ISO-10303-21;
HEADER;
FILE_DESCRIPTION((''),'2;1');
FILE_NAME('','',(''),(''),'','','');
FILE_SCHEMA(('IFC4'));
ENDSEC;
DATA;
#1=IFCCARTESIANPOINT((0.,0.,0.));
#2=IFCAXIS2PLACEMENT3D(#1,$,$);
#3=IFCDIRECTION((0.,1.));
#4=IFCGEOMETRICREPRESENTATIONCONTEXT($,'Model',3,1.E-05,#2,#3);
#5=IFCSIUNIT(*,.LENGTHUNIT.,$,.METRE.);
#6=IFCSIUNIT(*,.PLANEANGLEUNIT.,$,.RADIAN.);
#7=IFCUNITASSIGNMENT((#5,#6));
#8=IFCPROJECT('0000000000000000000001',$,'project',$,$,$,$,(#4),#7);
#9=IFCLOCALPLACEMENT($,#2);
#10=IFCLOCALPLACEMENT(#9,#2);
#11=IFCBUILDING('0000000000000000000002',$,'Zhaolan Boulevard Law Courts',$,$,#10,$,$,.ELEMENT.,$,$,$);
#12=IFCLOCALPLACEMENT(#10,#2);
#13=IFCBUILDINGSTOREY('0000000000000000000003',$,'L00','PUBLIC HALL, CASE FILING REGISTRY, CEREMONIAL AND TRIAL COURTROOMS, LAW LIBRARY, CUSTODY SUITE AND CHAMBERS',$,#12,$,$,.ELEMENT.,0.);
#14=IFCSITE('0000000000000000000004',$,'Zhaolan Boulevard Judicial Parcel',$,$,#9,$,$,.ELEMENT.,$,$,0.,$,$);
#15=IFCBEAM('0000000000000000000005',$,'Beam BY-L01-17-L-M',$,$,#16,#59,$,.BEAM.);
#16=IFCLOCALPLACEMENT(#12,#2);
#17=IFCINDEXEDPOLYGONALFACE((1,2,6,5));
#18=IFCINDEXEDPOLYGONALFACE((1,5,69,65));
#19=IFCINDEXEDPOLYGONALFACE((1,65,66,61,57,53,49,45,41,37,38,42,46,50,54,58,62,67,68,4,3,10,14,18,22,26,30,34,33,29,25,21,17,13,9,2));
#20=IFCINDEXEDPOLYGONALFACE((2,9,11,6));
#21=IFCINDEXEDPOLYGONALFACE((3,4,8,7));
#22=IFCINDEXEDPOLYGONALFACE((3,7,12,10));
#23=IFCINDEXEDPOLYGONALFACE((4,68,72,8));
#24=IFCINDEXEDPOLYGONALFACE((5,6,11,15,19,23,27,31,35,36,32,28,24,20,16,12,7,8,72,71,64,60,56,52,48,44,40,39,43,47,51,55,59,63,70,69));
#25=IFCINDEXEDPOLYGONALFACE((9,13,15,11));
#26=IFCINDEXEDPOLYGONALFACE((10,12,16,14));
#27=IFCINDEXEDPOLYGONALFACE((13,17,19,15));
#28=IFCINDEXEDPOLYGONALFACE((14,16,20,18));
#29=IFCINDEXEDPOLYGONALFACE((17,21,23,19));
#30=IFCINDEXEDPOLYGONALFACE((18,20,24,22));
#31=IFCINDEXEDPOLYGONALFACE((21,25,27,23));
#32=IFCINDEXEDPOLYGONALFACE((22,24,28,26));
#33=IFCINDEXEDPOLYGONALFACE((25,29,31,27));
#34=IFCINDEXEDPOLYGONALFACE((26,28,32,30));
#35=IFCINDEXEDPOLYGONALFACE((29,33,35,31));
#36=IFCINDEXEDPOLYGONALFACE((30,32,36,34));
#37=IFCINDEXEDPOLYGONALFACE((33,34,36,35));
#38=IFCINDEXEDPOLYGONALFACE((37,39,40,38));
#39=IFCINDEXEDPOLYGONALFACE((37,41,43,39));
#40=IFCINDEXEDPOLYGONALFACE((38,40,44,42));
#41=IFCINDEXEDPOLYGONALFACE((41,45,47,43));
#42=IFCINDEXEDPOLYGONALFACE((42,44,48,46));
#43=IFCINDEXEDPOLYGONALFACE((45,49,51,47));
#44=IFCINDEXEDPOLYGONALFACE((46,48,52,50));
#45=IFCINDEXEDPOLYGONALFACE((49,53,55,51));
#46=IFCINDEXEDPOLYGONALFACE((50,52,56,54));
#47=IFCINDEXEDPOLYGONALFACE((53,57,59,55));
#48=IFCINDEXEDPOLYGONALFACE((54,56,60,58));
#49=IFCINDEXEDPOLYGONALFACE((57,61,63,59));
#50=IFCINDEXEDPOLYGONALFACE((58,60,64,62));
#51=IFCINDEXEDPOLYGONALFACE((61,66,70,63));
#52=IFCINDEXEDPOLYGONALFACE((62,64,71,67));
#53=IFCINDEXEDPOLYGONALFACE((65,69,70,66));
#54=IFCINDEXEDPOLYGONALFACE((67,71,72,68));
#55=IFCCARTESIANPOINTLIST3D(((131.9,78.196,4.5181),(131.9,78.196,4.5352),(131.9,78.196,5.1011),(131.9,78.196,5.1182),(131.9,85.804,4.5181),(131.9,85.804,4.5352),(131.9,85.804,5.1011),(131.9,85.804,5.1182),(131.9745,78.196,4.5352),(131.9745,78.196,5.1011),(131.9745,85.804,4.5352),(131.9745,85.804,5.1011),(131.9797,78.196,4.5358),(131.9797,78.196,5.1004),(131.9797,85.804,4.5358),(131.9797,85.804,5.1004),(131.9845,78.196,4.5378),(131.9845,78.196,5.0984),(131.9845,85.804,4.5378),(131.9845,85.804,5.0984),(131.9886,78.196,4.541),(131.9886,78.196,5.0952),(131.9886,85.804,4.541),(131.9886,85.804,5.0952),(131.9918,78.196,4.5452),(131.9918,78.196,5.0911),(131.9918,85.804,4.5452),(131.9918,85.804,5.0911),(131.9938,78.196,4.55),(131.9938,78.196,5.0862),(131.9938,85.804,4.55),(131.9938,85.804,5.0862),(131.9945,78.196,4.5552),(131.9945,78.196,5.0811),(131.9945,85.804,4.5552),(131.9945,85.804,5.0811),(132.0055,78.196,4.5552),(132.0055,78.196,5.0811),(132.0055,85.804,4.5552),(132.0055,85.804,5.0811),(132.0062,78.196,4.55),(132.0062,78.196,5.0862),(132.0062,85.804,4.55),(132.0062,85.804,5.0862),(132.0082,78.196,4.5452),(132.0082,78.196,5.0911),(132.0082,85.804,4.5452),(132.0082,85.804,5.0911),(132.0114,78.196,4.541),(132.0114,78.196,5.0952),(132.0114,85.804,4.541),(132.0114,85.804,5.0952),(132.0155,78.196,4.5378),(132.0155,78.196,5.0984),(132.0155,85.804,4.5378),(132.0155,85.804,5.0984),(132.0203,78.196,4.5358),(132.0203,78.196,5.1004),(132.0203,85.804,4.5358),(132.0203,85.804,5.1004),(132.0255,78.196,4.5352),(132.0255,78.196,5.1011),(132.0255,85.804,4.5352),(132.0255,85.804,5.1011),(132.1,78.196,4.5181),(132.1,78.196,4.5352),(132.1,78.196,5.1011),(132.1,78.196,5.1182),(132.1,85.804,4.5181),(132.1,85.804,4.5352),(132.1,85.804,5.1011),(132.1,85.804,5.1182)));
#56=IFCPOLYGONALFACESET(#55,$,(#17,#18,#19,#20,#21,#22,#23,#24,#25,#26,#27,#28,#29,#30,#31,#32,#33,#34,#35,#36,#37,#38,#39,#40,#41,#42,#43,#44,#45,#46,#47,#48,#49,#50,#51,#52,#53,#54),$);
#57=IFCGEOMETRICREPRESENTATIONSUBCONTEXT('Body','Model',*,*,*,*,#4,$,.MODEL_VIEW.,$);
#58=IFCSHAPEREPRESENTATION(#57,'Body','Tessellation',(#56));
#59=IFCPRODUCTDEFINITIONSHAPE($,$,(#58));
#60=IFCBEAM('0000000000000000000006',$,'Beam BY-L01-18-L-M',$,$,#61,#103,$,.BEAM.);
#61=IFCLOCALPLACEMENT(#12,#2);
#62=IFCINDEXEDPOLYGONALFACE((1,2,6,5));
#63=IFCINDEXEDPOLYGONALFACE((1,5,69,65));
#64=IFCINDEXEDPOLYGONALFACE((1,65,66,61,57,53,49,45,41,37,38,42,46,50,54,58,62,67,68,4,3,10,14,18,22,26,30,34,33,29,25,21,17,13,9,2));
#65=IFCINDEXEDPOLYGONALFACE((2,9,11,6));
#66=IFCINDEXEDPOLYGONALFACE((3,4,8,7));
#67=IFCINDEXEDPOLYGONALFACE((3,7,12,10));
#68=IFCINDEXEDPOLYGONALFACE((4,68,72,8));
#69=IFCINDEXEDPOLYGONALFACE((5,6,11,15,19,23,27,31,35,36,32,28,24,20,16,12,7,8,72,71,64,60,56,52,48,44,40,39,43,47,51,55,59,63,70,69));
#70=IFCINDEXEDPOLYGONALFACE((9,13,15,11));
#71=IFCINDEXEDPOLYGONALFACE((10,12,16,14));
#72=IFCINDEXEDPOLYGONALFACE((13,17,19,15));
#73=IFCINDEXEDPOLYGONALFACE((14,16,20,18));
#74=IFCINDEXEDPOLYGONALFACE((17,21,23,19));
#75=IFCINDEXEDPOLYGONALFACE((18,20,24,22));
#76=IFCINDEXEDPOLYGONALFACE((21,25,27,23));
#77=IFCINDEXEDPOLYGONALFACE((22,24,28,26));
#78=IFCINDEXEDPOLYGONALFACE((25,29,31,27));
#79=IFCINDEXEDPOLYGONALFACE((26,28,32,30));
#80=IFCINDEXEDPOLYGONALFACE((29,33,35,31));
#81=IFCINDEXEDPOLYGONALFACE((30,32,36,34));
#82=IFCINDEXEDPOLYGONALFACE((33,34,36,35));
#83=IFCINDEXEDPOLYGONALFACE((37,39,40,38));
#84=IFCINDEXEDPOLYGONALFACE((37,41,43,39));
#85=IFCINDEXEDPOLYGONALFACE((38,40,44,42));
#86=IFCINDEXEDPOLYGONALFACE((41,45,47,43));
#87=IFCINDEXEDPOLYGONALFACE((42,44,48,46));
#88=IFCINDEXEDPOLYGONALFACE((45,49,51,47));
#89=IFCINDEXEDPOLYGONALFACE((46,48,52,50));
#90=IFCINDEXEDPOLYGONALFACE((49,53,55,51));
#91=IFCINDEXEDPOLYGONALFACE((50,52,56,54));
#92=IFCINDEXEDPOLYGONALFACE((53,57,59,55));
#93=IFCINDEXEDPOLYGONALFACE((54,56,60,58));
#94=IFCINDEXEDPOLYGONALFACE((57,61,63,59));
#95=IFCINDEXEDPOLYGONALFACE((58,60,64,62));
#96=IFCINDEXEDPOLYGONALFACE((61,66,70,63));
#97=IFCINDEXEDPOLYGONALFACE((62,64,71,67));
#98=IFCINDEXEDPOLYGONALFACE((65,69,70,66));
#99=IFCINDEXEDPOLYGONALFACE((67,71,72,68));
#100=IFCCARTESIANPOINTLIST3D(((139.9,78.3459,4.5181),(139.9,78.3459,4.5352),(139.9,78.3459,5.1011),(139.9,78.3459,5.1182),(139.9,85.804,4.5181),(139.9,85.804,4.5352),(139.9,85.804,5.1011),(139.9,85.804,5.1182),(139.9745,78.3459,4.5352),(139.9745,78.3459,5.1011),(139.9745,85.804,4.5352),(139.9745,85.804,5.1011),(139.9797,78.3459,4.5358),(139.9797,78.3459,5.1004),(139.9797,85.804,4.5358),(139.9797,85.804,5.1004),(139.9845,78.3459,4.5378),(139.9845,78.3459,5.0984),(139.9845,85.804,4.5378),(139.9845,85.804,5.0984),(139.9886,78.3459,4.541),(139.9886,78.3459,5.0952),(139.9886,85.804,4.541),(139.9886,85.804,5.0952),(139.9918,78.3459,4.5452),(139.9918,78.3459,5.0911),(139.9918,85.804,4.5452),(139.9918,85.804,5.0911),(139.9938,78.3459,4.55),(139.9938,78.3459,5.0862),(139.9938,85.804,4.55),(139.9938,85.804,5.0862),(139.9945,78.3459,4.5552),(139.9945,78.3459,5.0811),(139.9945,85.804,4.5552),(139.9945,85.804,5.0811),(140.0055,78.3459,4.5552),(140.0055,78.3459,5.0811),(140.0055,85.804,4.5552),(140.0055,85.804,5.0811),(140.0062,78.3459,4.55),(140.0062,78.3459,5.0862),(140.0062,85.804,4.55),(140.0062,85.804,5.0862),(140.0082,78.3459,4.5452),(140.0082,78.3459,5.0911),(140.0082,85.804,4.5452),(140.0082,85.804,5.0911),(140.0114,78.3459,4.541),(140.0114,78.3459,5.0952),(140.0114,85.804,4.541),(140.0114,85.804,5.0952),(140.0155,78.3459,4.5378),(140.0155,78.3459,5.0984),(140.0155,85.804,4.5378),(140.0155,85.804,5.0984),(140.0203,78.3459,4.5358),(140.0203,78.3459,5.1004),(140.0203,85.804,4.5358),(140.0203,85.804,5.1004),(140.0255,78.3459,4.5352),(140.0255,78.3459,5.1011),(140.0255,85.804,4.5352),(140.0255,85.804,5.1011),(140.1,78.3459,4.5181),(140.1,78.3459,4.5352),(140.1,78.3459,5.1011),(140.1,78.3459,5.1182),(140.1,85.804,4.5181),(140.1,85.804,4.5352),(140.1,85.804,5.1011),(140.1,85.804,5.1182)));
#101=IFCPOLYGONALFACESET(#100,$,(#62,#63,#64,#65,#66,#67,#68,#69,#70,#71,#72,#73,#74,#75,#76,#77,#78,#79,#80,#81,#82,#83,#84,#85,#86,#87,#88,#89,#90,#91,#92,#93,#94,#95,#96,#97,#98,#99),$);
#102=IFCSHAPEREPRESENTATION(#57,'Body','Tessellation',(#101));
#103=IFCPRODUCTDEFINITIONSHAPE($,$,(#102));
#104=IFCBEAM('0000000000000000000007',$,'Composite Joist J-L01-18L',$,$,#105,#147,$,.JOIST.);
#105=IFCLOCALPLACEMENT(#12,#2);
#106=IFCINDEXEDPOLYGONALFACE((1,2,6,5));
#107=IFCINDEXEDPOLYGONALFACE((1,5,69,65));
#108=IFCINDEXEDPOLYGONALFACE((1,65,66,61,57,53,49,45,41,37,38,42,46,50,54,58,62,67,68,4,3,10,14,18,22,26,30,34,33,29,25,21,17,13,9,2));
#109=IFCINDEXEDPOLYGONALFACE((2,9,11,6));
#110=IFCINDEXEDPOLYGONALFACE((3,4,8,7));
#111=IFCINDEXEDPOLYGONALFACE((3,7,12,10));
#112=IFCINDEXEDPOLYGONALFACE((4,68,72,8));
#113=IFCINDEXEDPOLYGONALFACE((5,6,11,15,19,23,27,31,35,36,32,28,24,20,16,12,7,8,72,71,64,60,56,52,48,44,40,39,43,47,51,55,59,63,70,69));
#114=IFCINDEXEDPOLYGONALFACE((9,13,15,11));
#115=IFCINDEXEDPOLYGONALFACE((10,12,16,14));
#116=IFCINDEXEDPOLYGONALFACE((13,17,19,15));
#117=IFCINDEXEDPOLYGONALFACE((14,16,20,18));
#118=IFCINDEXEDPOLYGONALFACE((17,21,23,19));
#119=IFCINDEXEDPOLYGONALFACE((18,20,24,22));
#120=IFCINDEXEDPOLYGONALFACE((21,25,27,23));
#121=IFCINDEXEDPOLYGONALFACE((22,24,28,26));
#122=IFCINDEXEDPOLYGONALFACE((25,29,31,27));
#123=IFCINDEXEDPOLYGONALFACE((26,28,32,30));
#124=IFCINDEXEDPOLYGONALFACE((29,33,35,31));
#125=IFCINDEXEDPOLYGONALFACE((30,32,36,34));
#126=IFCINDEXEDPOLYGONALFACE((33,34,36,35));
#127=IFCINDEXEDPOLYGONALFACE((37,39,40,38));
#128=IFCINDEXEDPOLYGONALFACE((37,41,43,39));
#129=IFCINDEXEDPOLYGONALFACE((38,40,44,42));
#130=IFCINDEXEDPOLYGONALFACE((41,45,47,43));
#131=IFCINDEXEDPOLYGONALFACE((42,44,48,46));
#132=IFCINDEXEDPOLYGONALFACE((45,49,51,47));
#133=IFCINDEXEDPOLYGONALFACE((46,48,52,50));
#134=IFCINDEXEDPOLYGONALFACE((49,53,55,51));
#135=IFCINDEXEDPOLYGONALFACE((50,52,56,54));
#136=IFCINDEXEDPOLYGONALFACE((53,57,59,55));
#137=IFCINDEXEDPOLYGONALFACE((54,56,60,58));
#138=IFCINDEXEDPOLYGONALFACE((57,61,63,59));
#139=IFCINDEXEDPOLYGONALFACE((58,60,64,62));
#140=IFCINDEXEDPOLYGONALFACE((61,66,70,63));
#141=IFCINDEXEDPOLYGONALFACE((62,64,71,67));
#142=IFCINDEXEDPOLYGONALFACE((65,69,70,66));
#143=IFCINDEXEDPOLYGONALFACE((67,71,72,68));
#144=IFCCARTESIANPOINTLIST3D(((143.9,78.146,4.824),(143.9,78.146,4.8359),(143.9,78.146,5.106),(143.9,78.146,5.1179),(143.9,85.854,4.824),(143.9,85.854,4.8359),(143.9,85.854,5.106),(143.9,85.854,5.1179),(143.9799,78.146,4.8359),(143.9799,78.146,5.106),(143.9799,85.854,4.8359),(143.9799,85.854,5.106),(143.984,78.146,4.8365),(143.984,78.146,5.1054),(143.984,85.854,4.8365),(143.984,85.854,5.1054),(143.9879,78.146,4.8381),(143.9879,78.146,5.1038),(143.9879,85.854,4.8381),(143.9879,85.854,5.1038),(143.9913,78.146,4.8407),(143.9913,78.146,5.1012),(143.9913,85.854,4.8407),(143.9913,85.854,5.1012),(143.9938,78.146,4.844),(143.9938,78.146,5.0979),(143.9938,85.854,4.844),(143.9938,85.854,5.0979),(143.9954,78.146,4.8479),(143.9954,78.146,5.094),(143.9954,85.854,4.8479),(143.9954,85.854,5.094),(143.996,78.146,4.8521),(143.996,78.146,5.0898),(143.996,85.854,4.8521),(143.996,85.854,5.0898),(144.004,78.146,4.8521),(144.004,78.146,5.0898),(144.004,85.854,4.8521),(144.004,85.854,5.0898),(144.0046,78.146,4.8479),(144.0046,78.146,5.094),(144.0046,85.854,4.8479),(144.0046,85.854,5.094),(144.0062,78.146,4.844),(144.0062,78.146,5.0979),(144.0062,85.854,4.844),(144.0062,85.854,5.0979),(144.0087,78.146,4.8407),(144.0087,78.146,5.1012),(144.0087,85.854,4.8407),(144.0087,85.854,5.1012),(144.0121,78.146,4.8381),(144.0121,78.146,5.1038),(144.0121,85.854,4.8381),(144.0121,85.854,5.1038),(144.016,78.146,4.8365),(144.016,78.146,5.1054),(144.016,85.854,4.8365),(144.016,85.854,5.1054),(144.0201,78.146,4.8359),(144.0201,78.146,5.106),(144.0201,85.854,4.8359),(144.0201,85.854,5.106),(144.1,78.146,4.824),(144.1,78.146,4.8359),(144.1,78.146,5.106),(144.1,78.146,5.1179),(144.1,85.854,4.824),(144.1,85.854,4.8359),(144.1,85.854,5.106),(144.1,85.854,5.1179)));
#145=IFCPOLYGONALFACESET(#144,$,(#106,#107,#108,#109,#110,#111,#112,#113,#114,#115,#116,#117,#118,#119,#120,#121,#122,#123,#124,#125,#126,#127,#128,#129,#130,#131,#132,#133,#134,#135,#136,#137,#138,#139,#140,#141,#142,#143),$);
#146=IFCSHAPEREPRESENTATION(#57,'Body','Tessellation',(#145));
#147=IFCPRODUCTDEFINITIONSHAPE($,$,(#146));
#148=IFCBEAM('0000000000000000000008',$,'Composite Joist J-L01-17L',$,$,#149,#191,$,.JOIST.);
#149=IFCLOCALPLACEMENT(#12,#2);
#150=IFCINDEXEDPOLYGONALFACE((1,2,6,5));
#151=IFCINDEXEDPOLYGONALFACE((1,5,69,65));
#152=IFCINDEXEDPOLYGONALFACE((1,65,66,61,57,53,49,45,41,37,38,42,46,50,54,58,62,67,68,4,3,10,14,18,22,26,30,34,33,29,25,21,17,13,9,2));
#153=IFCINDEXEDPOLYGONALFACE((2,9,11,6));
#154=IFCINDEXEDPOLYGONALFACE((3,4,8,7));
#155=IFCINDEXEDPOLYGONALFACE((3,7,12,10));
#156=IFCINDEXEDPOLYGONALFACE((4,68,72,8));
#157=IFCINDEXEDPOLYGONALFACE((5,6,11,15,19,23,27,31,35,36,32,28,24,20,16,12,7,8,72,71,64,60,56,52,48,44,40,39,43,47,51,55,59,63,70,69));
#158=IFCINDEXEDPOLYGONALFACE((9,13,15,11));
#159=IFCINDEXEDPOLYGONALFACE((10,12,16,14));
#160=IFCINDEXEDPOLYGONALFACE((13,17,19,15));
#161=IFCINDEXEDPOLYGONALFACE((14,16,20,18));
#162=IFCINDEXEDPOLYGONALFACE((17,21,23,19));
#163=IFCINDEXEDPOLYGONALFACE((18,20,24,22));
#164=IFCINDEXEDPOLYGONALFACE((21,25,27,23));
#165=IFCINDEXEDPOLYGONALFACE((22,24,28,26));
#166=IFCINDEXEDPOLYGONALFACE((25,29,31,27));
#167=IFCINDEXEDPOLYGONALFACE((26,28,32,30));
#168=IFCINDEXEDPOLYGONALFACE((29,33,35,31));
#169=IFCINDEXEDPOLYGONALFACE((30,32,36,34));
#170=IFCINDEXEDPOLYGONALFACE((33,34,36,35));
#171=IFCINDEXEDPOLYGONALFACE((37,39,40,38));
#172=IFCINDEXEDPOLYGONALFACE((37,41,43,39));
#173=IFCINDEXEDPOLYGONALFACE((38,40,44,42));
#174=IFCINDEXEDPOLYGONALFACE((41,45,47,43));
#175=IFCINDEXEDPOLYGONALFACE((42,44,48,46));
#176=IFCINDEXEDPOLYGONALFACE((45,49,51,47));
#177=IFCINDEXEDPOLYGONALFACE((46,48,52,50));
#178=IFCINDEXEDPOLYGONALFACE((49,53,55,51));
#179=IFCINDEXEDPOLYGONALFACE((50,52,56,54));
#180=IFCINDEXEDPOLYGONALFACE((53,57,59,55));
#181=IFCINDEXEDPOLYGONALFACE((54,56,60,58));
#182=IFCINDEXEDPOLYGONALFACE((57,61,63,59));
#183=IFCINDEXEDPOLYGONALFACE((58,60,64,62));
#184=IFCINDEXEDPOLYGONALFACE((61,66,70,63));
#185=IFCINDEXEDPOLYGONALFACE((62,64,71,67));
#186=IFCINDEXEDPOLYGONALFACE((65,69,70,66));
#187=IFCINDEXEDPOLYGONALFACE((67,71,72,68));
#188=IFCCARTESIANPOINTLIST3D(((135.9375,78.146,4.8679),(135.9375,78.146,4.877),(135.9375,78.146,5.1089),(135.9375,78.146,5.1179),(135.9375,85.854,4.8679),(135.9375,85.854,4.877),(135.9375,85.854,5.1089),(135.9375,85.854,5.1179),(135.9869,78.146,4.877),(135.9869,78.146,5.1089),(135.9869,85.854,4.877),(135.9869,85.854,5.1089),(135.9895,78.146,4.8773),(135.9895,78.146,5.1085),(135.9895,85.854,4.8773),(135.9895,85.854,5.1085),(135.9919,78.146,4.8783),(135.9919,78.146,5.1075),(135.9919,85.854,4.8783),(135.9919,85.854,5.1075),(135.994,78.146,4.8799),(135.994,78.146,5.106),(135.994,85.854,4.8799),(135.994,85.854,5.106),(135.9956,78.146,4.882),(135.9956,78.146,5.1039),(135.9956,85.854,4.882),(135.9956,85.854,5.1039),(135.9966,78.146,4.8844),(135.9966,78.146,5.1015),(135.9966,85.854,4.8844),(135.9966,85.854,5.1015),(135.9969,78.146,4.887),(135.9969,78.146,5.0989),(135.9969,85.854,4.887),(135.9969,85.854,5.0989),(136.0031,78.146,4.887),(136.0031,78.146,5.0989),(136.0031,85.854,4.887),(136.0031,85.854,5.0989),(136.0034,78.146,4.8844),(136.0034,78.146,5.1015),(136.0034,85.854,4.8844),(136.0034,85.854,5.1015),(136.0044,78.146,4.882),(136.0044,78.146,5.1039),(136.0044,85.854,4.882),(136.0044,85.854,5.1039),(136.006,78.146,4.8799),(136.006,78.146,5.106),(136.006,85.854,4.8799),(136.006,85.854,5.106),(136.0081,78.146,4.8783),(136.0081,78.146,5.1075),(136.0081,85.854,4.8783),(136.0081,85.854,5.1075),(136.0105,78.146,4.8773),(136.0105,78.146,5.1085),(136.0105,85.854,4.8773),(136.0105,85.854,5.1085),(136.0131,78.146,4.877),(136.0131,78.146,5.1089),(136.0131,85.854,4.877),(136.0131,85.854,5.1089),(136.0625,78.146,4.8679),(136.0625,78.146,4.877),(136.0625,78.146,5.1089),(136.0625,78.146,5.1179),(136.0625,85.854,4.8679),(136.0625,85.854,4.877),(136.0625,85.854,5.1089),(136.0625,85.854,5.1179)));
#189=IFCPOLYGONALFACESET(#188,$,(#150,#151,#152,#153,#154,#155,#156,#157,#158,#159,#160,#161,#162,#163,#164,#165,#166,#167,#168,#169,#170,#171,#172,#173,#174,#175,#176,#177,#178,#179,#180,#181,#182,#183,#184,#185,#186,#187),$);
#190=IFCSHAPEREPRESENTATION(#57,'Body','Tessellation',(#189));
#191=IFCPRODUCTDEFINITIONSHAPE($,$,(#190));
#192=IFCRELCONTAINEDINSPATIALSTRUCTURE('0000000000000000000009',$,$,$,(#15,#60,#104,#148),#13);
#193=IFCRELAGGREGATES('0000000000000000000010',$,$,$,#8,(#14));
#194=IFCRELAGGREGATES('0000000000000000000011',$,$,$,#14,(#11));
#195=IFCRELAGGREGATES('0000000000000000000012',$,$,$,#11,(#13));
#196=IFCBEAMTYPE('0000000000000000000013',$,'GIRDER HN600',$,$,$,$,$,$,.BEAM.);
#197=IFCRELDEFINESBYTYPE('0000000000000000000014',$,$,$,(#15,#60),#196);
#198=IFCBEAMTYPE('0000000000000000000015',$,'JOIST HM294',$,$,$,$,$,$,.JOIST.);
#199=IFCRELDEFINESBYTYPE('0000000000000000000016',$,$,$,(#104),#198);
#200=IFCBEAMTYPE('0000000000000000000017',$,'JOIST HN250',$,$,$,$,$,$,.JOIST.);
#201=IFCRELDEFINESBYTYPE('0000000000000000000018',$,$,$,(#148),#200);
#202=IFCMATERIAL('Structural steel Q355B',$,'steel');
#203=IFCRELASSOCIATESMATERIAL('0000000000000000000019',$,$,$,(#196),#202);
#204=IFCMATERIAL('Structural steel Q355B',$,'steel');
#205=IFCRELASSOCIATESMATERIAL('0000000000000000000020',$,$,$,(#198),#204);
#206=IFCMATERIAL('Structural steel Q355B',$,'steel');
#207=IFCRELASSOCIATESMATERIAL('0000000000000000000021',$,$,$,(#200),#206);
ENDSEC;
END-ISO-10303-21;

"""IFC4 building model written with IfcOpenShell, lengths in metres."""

from ifc_helpers import new_model, si_unit, direction, frame, origin, origin_2d, place, context, subcontext, project, spatial, i_section, extrude, material, material_profile, profile_set, type_object, element, save


model = new_model("IFC4")

# Units and contexts
model_context = context("Model", 3, precision=1e-05, world=origin(), true_north=direction((0.0, 1.0)))
body_context = subcontext(model_context, "Body", "Model", "MODEL_VIEW")
ifc_project = project(units=[si_unit("LENGTHUNIT", "METRE"), si_unit("PLANEANGLEUNIT", "RADIAN")], contexts=[model_context])

# Site, building, storey
site_placement = place(None, origin())
site = spatial("IfcSite", under=ifc_project, at=site_placement, Name="Zhaolan Boulevard Judicial Parcel", CompositionType="ELEMENT", RefElevation=0.0)
building_placement = place(site_placement, origin())
building = spatial("IfcBuilding", under=site, at=building_placement, Name="Zhaolan Boulevard Law Courts", CompositionType="ELEMENT")
storey_placement = place(building_placement, origin())
storey = spatial("IfcBuildingStorey", under=building, at=storey_placement, Name="L00", Description="PUBLIC HALL, CASE FILING REGISTRY, CEREMONIAL AND TRIAL COURTROOMS, LAW LIBRARY, CUSTODY SUITE AND CHAMBERS", CompositionType="ELEMENT", Elevation=0.0)

# Beams
ifc_material_1 = material(Name="Structural steel Q355B", Category="steel")
ifc_material_profile_1 = material_profile(ifc_material_1, i_section(OverallWidth=0.2, OverallDepth=0.6001, WebThickness=0.011, FlangeThickness=0.0171, FilletRadius=0.02, at=origin_2d()), Name="HN600x200")
ifc_profile_set_1 = profile_set([ifc_material_profile_1], Name="Structural steel Q355B")
beam_type_1 = type_object("IfcBeamType", Name="GIRDER HN600", PredefinedType="BEAM", material=ifc_profile_set_1)
for number, where, z_axis, x_axis, name in (
    (1, (132.0, 78.196, 4.8181), (0.0, 1.0, 0.0), (-1.0, 0.0, 0.0), "Beam BY-L01-17-L-M"),
):
    element("IfcBeam", number, at=place(storey_placement, frame(where, z_axis=z_axis, x_axis=x_axis)), inside=storey, type_object=beam_type_1, Name=name, PredefinedType="BEAM", context=body_context, shape_type="SweptSolid", body=[
        extrude(i_section(OverallWidth=0.2, OverallDepth=0.6001, WebThickness=0.011, FlangeThickness=0.0171, FilletRadius=0.02, at=origin_2d()), origin(), (0.0, 0.0, 1.0), 7.6079),
    ])
beam_1_placement = place(storey_placement, frame((140.0, 78.3459, 4.8181), z_axis=(0.0, 1.0, 0.0), x_axis=(-1.0, 0.0, 0.0)))
element("IfcBeam", 2, at=beam_1_placement, inside=storey, type_object=beam_type_1, Name="Beam BY-L01-18-L-M", PredefinedType="BEAM", context=body_context, shape_type="SweptSolid", body=[
    extrude(i_section(OverallWidth=0.2, OverallDepth=0.6001, WebThickness=0.011, FlangeThickness=0.0171, FilletRadius=0.02, at=origin_2d()), origin(), (0.0, 0.0, 1.0), 7.458),
])
ifc_material_2 = material(Name="Structural steel Q355B", Category="steel")
ifc_material_profile_2 = material_profile(ifc_material_2, i_section(OverallWidth=0.2, OverallDepth=0.2939, WebThickness=0.0081, FlangeThickness=0.012, FilletRadius=0.0161, at=origin_2d()), Name="HM294x200")
ifc_profile_set_2 = profile_set([ifc_material_profile_2], Name="Structural steel Q355B")
beam_type_2 = type_object("IfcBeamType", Name="JOIST HM294", PredefinedType="JOIST", material=ifc_profile_set_2)
beam_2_placement = place(storey_placement, frame((144.0, 78.146, 4.9709), z_axis=(0.0, 1.0, 0.0), x_axis=(-1.0, 0.0, 0.0)))
element("IfcBeam", 3, at=beam_2_placement, inside=storey, type_object=beam_type_2, Name="Composite Joist J-L01-18L", PredefinedType="JOIST", context=body_context, shape_type="SweptSolid", body=[
    extrude(i_section(OverallWidth=0.2, OverallDepth=0.2939, WebThickness=0.0081, FlangeThickness=0.012, FilletRadius=0.0161, at=origin_2d()), origin(), (0.0, 0.0, 1.0), 7.708),
])
ifc_material_3 = material(Name="Structural steel Q355B", Category="steel")
ifc_material_profile_3 = material_profile(ifc_material_3, i_section(OverallWidth=0.125, OverallDepth=0.25, WebThickness=0.0061, FlangeThickness=0.009, FilletRadius=0.01, at=origin_2d()), Name="HN250x125")
ifc_profile_set_3 = profile_set([ifc_material_profile_3], Name="Structural steel Q355B")
beam_type_3 = type_object("IfcBeamType", Name="JOIST HN250", PredefinedType="JOIST", material=ifc_profile_set_3)
beam_3_placement = place(storey_placement, frame((136.0, 78.146, 4.9929), z_axis=(0.0, 1.0, 0.0), x_axis=(-1.0, 0.0, 0.0)))
element("IfcBeam", 4, at=beam_3_placement, inside=storey, type_object=beam_type_3, Name="Composite Joist J-L01-17L", PredefinedType="JOIST", context=body_context, shape_type="SweptSolid", body=[
    extrude(i_section(OverallWidth=0.125, OverallDepth=0.25, WebThickness=0.0061, FlangeThickness=0.009, FilletRadius=0.01, at=origin_2d()), origin(), (0.0, 0.0, 1.0), 7.708),
])

save(model, "model.ifc")
